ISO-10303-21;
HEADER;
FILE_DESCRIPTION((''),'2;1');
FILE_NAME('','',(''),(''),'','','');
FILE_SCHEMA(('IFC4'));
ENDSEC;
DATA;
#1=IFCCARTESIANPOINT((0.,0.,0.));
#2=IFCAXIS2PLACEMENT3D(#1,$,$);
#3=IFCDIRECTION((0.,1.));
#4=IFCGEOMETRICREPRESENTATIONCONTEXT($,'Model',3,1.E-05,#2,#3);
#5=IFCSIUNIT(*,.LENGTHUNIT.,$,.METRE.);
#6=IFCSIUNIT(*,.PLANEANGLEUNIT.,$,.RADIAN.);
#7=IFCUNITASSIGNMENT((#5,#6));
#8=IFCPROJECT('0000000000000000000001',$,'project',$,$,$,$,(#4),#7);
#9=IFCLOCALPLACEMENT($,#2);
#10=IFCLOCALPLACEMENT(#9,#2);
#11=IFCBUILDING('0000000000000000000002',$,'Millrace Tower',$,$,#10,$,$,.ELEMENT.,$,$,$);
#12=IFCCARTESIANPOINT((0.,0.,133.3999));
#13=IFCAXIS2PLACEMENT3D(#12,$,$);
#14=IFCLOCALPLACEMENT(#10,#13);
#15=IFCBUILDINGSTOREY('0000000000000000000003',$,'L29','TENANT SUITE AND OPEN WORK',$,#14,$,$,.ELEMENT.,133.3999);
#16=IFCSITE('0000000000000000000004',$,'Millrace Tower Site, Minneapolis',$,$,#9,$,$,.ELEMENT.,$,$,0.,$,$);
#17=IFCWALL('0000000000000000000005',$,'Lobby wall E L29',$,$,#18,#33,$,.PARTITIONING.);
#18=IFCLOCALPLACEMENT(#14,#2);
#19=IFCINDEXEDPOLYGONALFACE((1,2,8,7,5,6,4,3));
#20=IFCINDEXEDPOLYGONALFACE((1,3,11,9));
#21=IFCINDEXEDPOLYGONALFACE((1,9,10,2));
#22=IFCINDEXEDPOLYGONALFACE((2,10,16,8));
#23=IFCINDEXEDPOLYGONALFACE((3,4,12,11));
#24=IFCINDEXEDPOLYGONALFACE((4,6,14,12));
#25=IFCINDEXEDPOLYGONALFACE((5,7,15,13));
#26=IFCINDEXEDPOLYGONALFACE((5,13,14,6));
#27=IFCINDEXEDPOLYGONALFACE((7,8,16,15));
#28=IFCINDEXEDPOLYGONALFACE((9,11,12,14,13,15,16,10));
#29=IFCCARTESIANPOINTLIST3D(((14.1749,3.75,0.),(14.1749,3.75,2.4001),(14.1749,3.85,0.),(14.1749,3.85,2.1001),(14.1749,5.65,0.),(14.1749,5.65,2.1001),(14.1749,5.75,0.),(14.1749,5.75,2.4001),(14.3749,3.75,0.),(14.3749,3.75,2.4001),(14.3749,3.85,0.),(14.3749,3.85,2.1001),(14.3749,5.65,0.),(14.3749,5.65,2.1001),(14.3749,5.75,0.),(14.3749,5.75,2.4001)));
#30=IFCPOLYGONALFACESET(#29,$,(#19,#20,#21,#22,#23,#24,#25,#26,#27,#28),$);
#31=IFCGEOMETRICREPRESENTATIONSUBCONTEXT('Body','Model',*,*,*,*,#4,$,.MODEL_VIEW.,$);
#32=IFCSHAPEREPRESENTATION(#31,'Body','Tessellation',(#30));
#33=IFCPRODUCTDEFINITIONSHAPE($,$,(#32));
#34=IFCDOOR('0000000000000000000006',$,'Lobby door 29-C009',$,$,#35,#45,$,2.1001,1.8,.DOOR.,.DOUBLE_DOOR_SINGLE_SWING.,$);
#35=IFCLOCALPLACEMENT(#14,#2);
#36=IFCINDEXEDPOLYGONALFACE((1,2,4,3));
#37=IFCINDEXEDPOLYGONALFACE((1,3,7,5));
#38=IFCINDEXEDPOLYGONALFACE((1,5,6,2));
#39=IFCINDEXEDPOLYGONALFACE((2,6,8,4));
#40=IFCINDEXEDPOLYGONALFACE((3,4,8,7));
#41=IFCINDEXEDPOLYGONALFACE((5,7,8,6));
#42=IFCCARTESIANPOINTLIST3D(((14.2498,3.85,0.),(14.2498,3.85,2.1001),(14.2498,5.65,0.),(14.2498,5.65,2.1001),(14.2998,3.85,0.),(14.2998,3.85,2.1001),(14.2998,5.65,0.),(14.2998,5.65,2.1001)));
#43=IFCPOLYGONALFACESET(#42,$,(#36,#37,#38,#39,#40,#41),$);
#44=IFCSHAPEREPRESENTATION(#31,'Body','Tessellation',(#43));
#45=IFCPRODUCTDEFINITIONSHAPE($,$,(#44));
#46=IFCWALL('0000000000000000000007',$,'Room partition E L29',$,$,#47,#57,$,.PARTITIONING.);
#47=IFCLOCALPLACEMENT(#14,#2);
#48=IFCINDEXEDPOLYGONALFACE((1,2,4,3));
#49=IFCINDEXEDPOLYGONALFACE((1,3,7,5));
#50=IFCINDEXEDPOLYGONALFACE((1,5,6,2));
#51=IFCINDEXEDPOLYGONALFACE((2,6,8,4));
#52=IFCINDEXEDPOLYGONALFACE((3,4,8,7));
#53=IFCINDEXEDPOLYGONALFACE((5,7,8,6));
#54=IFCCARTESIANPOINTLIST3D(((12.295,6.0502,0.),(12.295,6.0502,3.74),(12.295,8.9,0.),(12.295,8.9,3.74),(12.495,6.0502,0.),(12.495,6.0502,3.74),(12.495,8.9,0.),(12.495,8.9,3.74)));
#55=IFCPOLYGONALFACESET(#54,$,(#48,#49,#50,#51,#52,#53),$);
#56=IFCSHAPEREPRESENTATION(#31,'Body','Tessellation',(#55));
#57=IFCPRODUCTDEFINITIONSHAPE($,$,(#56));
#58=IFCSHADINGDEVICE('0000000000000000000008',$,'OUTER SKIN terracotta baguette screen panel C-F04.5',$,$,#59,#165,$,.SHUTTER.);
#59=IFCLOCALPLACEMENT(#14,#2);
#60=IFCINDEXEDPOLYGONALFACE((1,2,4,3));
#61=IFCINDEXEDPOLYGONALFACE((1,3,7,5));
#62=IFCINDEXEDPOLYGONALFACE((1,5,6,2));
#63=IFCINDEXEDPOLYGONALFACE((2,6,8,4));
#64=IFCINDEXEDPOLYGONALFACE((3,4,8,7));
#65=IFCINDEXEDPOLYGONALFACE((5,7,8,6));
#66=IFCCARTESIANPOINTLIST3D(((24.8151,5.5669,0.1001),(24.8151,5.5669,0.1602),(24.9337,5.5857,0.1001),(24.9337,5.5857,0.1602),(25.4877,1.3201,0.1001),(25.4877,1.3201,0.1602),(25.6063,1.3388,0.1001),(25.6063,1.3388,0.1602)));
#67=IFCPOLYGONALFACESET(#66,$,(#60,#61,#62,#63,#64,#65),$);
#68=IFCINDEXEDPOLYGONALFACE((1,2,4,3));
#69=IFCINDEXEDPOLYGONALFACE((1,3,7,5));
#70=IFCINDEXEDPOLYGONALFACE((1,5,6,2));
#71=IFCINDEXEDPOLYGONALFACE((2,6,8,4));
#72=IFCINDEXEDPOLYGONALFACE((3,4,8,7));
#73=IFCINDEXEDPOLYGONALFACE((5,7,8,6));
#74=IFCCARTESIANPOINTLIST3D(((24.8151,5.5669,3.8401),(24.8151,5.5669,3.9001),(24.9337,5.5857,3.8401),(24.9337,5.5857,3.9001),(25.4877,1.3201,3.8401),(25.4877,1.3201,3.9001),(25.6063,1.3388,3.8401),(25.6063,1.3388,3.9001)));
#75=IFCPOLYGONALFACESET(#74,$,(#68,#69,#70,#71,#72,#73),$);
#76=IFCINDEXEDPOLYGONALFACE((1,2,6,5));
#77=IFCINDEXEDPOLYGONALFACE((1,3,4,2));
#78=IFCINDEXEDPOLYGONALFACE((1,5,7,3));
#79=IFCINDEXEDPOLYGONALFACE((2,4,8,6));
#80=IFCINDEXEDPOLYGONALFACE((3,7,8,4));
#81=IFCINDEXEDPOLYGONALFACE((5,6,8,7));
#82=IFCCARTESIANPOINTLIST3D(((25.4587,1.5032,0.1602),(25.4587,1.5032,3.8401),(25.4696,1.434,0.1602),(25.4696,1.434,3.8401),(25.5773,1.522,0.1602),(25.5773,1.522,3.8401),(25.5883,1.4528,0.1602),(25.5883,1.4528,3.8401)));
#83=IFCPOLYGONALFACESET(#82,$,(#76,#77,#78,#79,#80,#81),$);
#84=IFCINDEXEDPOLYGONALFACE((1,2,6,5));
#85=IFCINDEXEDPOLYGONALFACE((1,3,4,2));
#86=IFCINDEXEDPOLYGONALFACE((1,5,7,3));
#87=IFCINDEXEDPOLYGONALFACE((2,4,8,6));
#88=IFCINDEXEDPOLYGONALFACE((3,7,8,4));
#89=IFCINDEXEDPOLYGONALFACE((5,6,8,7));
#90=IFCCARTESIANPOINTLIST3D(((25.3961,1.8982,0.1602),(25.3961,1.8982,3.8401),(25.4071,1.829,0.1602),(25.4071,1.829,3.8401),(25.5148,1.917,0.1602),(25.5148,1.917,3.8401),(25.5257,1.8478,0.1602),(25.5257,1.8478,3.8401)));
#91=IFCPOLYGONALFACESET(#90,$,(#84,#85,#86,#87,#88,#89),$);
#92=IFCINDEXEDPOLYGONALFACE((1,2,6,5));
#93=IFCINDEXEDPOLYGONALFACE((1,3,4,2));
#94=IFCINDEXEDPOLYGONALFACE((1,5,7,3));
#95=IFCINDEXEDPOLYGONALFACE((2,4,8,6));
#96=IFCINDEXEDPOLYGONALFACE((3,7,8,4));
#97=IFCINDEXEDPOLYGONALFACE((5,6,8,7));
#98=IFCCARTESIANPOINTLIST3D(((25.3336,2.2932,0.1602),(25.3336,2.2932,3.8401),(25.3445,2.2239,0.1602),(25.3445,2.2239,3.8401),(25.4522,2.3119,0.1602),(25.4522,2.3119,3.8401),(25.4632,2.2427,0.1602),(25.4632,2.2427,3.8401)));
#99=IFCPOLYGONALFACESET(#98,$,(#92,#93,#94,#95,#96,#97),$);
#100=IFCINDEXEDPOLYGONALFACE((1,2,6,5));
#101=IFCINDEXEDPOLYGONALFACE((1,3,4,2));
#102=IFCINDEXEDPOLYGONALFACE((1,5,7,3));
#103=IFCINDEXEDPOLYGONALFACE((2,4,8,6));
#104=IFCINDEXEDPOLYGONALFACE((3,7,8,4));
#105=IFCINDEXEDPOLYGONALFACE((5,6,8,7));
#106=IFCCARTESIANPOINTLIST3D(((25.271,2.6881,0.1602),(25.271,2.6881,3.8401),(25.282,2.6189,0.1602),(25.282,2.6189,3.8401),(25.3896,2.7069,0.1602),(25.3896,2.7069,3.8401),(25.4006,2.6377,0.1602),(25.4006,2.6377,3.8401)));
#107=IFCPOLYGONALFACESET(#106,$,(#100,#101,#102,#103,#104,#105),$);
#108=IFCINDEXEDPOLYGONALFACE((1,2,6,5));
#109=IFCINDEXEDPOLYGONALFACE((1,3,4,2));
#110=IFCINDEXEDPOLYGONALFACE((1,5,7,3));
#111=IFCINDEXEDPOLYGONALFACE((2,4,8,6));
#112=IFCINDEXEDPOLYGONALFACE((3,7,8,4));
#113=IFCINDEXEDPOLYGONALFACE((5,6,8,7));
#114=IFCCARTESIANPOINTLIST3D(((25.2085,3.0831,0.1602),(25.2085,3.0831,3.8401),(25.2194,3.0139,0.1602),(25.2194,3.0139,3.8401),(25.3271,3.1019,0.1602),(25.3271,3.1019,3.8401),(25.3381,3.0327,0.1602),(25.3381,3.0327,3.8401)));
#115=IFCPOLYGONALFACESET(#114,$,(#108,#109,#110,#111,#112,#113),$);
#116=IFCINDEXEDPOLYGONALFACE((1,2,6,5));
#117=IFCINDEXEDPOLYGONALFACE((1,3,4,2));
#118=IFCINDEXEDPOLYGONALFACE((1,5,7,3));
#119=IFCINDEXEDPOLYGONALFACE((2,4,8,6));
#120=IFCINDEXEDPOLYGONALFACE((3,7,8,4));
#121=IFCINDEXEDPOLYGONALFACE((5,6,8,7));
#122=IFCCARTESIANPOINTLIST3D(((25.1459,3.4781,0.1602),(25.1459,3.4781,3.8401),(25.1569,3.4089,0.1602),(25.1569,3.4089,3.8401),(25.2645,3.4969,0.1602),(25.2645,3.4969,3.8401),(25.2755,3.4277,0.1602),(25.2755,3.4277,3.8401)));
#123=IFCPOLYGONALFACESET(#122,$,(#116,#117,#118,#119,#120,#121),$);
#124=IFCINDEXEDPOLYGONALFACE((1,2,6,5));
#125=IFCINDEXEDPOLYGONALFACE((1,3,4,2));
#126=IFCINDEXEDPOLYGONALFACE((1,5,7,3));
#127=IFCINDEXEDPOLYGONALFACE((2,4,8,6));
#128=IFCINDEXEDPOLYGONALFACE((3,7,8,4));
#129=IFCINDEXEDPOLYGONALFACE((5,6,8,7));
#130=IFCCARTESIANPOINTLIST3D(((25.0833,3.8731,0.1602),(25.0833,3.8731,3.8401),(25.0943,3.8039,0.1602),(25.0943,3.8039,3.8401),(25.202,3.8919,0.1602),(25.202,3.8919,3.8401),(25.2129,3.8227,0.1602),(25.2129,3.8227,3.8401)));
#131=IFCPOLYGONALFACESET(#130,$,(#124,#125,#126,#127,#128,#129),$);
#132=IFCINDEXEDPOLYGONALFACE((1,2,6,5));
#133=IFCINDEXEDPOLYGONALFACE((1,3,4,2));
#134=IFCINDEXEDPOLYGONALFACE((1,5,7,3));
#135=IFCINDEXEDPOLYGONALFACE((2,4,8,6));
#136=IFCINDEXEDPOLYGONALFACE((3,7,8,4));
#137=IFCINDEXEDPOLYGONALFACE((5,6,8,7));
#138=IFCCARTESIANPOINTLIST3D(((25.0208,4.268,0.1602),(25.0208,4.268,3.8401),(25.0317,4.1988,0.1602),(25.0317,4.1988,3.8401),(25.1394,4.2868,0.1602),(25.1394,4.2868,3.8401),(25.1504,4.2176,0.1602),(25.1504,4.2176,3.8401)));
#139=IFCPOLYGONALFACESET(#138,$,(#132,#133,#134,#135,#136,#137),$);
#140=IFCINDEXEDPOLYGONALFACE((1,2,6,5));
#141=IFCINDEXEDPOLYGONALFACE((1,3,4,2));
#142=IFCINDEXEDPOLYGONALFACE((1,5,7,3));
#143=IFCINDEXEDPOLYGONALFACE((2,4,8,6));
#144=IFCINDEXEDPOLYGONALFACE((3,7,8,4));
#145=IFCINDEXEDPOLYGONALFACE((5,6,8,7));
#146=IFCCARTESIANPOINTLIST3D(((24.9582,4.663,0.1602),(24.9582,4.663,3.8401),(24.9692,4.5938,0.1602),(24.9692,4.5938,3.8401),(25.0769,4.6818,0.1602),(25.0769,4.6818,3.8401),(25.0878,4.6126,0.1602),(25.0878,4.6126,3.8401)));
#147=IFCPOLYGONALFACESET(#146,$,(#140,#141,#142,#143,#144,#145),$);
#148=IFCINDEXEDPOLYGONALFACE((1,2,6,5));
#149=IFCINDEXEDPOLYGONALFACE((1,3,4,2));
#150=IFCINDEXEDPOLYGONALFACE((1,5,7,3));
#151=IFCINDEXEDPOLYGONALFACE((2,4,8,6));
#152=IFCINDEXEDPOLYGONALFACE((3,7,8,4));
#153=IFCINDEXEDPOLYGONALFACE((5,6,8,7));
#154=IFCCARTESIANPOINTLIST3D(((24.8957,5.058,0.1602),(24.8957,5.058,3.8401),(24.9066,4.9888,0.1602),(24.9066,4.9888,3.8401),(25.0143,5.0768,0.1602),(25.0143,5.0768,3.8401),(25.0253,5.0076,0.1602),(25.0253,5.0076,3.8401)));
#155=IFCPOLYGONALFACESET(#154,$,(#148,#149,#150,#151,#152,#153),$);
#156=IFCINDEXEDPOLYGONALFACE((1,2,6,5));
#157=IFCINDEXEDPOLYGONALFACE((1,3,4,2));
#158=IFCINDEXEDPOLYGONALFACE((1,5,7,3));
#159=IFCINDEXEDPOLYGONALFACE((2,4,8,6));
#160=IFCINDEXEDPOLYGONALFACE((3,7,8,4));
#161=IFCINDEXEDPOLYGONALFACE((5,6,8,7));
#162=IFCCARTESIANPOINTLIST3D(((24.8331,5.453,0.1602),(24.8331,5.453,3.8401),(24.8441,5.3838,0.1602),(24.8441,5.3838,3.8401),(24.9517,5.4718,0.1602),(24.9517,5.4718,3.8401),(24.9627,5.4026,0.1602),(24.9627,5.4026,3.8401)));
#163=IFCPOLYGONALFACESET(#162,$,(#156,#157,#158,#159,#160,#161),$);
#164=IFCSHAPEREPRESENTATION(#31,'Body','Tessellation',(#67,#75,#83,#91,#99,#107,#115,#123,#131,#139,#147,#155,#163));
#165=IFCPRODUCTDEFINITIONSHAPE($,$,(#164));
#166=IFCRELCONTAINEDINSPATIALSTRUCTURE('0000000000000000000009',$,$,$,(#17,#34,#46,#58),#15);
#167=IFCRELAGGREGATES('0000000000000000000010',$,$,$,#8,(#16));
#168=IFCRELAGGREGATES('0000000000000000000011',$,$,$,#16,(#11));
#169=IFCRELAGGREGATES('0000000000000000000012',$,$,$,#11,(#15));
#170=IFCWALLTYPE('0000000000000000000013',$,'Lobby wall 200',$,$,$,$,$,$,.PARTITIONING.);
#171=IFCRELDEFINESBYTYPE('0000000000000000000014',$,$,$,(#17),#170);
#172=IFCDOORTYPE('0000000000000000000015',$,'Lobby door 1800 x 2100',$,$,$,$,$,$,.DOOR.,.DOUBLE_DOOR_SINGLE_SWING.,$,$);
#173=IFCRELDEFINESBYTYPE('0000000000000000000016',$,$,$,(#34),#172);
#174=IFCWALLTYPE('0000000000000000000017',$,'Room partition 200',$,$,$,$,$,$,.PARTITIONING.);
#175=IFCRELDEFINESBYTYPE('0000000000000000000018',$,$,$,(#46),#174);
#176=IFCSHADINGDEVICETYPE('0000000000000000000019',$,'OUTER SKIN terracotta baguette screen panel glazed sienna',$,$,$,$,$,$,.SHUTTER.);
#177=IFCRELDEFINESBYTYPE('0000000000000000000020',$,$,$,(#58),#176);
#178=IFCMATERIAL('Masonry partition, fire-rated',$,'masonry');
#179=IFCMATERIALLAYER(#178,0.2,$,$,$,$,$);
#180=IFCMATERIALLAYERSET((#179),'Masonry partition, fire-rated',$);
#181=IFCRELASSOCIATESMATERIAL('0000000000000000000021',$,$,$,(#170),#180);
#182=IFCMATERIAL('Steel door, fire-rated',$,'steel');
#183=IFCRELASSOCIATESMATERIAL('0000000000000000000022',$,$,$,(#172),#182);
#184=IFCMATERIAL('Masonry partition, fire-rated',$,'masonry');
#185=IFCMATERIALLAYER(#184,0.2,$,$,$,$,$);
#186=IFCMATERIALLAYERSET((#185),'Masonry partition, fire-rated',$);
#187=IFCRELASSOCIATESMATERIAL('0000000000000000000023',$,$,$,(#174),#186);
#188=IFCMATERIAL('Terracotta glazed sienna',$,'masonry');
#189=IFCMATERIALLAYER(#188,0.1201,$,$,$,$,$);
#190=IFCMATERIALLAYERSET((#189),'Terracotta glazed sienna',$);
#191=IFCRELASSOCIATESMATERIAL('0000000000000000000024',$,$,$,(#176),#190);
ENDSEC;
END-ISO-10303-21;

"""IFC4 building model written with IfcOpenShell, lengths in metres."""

from ifc_helpers import new_model, entity, si_unit, direction, frame, frame_2d, origin, origin_2d, place, context, subcontext, project, spatial, rectangle, extrude, source, transform, mapped, material, layer, layer_set, type_object, element, fill, save


model = new_model("IFC4")

# Units and contexts
model_context = context("Model", 3, precision=1e-05, world=origin(), true_north=direction((0.0, 1.0)))
body_context = subcontext(model_context, "Body", "Model", "MODEL_VIEW")
ifc_project = project(units=[si_unit("LENGTHUNIT", "METRE"), si_unit("PLANEANGLEUNIT", "RADIAN")], contexts=[model_context])

# Site, building, storey
site_placement = place(None, origin())
site = spatial("IfcSite", under=ifc_project, at=site_placement, Name="Millrace Tower Site, Minneapolis", CompositionType="ELEMENT", RefElevation=0.0)
building_placement = place(site_placement, origin())
building = spatial("IfcBuilding", under=site, at=building_placement, Name="Millrace Tower", CompositionType="ELEMENT")
storey_placement = place(building_placement, frame((0.0, 0.0, 133.3999)))
storey = spatial("IfcBuildingStorey", under=building, at=storey_placement, Name="L29", Description="TENANT SUITE AND OPEN WORK", CompositionType="ELEMENT", Elevation=133.3999)

# Wall, opening, door
ifc_material_1 = material(Name="Masonry partition, fire-rated", Category="masonry")
ifc_layer_1 = layer(ifc_material_1, 0.2)
ifc_layer_set_1 = layer_set([ifc_layer_1], Name="Masonry partition, fire-rated")
wall_type_1 = type_object("IfcWallType", Name="Lobby wall 200", PredefinedType="PARTITIONING", material=ifc_layer_set_1)
wall_1_placement = place(storey_placement, frame((14.2749, 5.75, 0.0), z_axis=(0.0, 0.0, 1.0), x_axis=(0.0, -1.0, 0.0)))
wall_1 = element("IfcWall", 1, at=wall_1_placement, inside=storey, type_object=wall_type_1, Name="Lobby wall E L29", PredefinedType="PARTITIONING", context=body_context, shape_type="SweptSolid", body=[
    extrude(rectangle(XDim=2.0, YDim=0.2, at=frame_2d((1.0, 0.0))), origin(), (0.0, 0.0, 1.0), 2.4001),
])
opening_1_placement = place(wall_1_placement, frame((0.1001, 0.0, 0.0)))
opening_1 = element("IfcOpeningElement", 2, at=opening_1_placement, cuts=wall_1, PredefinedType="OPENING", context=body_context, shape_type="SweptSolid", body=[
    extrude(rectangle(XDim=1.8, YDim=2.1001, at=frame_2d((0.8999, 1.05))), frame((0.0, 0.1099, 0.0), z_axis=(0.0, -1.0, 0.0), x_axis=(1.0, 0.0, 0.0)), (0.0, 0.0, 1.0), 0.22),
])
ifc_material_2 = material(Name="Steel door, fire-rated", Category="steel")
door_type_1 = type_object("IfcDoorType", Name="Lobby door 1800 x 2100", OperationType="DOUBLE_DOOR_SINGLE_SWING", PredefinedType="DOOR", material=ifc_material_2)
door_1_placement = place(opening_1_placement, origin())
door_1 = element("IfcDoor", 3, at=door_1_placement, inside=storey, type_object=door_type_1, Name="Lobby door 29-C009", OperationType="DOUBLE_DOOR_SINGLE_SWING", OverallHeight=2.1001, OverallWidth=1.8, PredefinedType="DOOR", context=body_context, shape_type="SweptSolid", body=[
    extrude(rectangle(XDim=1.8, YDim=2.1001, at=frame_2d((0.8999, 1.05))), frame((0.0, 0.0249, 0.0), z_axis=(0.0, -1.0, 0.0), x_axis=(1.0, 0.0, 0.0)), (0.0, 0.0, 1.0), 0.05),
])
fill(opening_1, door_1)

# Wall
ifc_material_3 = material(Name="Masonry partition, fire-rated", Category="masonry")
ifc_layer_2 = layer(ifc_material_3, 0.2)
ifc_layer_set_2 = layer_set([ifc_layer_2], Name="Masonry partition, fire-rated")
wall_type_2 = type_object("IfcWallType", Name="Room partition 200", PredefinedType="PARTITIONING", material=ifc_layer_set_2)
wall_2_placement = place(storey_placement, frame((12.395, 8.8999, 0.0), z_axis=(0.0, 0.0, 1.0), x_axis=(0.0, -1.0, 0.0)))
element("IfcWall", 4, at=wall_2_placement, inside=storey, type_object=wall_type_2, Name="Room partition E L29", PredefinedType="PARTITIONING", context=body_context, shape_type="SweptSolid", body=[
    extrude(rectangle(XDim=2.8499, YDim=0.2, at=frame_2d((1.4248, 0.0))), origin(), (0.0, 0.0, 1.0), 3.74),
])

# Shading device
ifc_material_4 = material(Name="Terracotta glazed sienna", Category="masonry")
ifc_layer_3 = layer(ifc_material_4, 0.1201)
ifc_layer_set_3 = layer_set([ifc_layer_3], Name="Terracotta glazed sienna")
shading_device_type = type_object("IfcShadingDeviceType", Name="OUTER SKIN terracotta baguette screen panel glazed sienna", PredefinedType="SHUTTER", material=ifc_layer_set_3)
cartesian_point = entity("IfcCartesianPoint", [-2.1499, 0.0601])
shared_polyline = entity("IfcPolyline", [cartesian_point, entity("IfcCartesianPoint", [2.1499, 0.0601]), entity("IfcCartesianPoint", [2.1499, -0.0601]), entity("IfcCartesianPoint", [-2.1499, -0.0601]), cartesian_point])
shared_shape = source(origin(), body_context, "Body", "SweptSolid", [
    entity("IfcExtrudedAreaSolid", entity("IfcArbitraryClosedProfileDef", "AREA", None, shared_polyline), entity("IfcAxis2Placement3D", entity("IfcCartesianPoint", [0.0, 0.0, 0.0])), entity("IfcDirection", [0.0, 0.0, 1.0]), 0.0601),
    entity("IfcExtrudedAreaSolid", entity("IfcArbitraryClosedProfileDef", "AREA", None, shared_polyline), entity("IfcAxis2Placement3D", entity("IfcCartesianPoint", [0.0, 0.0, 3.74])), entity("IfcDirection", [0.0, 0.0, 1.0]), 0.0601),
    extrude(rectangle(XDim=0.0701, YDim=0.1201, at=frame_2d((-1.9995, 0.0))), frame((0.0, 0.0, 0.0601)), (0.0, 0.0, 1.0), 3.6799),
    extrude(rectangle(XDim=0.0701, YDim=0.1201, at=frame_2d((-1.5996, 0.0))), frame((0.0, 0.0, 0.0601)), (0.0, 0.0, 1.0), 3.6799),
    extrude(rectangle(XDim=0.0701, YDim=0.1201, at=frame_2d((-1.1997, 0.0))), frame((0.0, 0.0, 0.0601)), (0.0, 0.0, 1.0), 3.6799),
    extrude(rectangle(XDim=0.0701, YDim=0.1201, at=frame_2d((-0.7998, 0.0))), frame((0.0, 0.0, 0.0601)), (0.0, 0.0, 1.0), 3.6799),
    extrude(rectangle(XDim=0.0701, YDim=0.1201, at=frame_2d((-0.3999, 0.0))), frame((0.0, 0.0, 0.0601)), (0.0, 0.0, 1.0), 3.6799),
    extrude(rectangle(XDim=0.0701, YDim=0.1201, at=origin_2d()), frame((0.0, 0.0, 0.0601)), (0.0, 0.0, 1.0), 3.6799),
    extrude(rectangle(XDim=0.0701, YDim=0.1201, at=frame_2d((0.3999, 0.0))), frame((0.0, 0.0, 0.0601)), (0.0, 0.0, 1.0), 3.6799),
    extrude(rectangle(XDim=0.0701, YDim=0.1201, at=frame_2d((0.7998, 0.0))), frame((0.0, 0.0, 0.0601)), (0.0, 0.0, 1.0), 3.6799),
    extrude(rectangle(XDim=0.0701, YDim=0.1201, at=frame_2d((1.1997, 0.0))), frame((0.0, 0.0, 0.0601)), (0.0, 0.0, 1.0), 3.6799),
    extrude(rectangle(XDim=0.0701, YDim=0.1201, at=frame_2d((1.5996, 0.0))), frame((0.0, 0.0, 0.0601)), (0.0, 0.0, 1.0), 3.6799),
    extrude(rectangle(XDim=0.0701, YDim=0.1201, at=frame_2d((1.9995, 0.0))), frame((0.0, 0.0, 0.0601)), (0.0, 0.0, 1.0), 3.6799),
])
for number, where, z_axis, x_axis, name in (
    (5, (25.2107, 3.4529, 0.1001), (0.0, 0.0, 1.0), (-0.156434, 0.987688, 0.0), "OUTER SKIN terracotta baguette screen panel C-F04.5"),
):
    element("IfcShadingDevice", number, at=place(storey_placement, frame(where, z_axis=z_axis, x_axis=x_axis)), inside=storey, type_object=shading_device_type, Name=name, PredefinedType="SHUTTER", context=body_context, shape_type="MappedRepresentation", body=[
        mapped(shared_shape, transform((0.0, 0.0, 0.0), scale=1.0)),
    ])

save(model, "model.ifc")
